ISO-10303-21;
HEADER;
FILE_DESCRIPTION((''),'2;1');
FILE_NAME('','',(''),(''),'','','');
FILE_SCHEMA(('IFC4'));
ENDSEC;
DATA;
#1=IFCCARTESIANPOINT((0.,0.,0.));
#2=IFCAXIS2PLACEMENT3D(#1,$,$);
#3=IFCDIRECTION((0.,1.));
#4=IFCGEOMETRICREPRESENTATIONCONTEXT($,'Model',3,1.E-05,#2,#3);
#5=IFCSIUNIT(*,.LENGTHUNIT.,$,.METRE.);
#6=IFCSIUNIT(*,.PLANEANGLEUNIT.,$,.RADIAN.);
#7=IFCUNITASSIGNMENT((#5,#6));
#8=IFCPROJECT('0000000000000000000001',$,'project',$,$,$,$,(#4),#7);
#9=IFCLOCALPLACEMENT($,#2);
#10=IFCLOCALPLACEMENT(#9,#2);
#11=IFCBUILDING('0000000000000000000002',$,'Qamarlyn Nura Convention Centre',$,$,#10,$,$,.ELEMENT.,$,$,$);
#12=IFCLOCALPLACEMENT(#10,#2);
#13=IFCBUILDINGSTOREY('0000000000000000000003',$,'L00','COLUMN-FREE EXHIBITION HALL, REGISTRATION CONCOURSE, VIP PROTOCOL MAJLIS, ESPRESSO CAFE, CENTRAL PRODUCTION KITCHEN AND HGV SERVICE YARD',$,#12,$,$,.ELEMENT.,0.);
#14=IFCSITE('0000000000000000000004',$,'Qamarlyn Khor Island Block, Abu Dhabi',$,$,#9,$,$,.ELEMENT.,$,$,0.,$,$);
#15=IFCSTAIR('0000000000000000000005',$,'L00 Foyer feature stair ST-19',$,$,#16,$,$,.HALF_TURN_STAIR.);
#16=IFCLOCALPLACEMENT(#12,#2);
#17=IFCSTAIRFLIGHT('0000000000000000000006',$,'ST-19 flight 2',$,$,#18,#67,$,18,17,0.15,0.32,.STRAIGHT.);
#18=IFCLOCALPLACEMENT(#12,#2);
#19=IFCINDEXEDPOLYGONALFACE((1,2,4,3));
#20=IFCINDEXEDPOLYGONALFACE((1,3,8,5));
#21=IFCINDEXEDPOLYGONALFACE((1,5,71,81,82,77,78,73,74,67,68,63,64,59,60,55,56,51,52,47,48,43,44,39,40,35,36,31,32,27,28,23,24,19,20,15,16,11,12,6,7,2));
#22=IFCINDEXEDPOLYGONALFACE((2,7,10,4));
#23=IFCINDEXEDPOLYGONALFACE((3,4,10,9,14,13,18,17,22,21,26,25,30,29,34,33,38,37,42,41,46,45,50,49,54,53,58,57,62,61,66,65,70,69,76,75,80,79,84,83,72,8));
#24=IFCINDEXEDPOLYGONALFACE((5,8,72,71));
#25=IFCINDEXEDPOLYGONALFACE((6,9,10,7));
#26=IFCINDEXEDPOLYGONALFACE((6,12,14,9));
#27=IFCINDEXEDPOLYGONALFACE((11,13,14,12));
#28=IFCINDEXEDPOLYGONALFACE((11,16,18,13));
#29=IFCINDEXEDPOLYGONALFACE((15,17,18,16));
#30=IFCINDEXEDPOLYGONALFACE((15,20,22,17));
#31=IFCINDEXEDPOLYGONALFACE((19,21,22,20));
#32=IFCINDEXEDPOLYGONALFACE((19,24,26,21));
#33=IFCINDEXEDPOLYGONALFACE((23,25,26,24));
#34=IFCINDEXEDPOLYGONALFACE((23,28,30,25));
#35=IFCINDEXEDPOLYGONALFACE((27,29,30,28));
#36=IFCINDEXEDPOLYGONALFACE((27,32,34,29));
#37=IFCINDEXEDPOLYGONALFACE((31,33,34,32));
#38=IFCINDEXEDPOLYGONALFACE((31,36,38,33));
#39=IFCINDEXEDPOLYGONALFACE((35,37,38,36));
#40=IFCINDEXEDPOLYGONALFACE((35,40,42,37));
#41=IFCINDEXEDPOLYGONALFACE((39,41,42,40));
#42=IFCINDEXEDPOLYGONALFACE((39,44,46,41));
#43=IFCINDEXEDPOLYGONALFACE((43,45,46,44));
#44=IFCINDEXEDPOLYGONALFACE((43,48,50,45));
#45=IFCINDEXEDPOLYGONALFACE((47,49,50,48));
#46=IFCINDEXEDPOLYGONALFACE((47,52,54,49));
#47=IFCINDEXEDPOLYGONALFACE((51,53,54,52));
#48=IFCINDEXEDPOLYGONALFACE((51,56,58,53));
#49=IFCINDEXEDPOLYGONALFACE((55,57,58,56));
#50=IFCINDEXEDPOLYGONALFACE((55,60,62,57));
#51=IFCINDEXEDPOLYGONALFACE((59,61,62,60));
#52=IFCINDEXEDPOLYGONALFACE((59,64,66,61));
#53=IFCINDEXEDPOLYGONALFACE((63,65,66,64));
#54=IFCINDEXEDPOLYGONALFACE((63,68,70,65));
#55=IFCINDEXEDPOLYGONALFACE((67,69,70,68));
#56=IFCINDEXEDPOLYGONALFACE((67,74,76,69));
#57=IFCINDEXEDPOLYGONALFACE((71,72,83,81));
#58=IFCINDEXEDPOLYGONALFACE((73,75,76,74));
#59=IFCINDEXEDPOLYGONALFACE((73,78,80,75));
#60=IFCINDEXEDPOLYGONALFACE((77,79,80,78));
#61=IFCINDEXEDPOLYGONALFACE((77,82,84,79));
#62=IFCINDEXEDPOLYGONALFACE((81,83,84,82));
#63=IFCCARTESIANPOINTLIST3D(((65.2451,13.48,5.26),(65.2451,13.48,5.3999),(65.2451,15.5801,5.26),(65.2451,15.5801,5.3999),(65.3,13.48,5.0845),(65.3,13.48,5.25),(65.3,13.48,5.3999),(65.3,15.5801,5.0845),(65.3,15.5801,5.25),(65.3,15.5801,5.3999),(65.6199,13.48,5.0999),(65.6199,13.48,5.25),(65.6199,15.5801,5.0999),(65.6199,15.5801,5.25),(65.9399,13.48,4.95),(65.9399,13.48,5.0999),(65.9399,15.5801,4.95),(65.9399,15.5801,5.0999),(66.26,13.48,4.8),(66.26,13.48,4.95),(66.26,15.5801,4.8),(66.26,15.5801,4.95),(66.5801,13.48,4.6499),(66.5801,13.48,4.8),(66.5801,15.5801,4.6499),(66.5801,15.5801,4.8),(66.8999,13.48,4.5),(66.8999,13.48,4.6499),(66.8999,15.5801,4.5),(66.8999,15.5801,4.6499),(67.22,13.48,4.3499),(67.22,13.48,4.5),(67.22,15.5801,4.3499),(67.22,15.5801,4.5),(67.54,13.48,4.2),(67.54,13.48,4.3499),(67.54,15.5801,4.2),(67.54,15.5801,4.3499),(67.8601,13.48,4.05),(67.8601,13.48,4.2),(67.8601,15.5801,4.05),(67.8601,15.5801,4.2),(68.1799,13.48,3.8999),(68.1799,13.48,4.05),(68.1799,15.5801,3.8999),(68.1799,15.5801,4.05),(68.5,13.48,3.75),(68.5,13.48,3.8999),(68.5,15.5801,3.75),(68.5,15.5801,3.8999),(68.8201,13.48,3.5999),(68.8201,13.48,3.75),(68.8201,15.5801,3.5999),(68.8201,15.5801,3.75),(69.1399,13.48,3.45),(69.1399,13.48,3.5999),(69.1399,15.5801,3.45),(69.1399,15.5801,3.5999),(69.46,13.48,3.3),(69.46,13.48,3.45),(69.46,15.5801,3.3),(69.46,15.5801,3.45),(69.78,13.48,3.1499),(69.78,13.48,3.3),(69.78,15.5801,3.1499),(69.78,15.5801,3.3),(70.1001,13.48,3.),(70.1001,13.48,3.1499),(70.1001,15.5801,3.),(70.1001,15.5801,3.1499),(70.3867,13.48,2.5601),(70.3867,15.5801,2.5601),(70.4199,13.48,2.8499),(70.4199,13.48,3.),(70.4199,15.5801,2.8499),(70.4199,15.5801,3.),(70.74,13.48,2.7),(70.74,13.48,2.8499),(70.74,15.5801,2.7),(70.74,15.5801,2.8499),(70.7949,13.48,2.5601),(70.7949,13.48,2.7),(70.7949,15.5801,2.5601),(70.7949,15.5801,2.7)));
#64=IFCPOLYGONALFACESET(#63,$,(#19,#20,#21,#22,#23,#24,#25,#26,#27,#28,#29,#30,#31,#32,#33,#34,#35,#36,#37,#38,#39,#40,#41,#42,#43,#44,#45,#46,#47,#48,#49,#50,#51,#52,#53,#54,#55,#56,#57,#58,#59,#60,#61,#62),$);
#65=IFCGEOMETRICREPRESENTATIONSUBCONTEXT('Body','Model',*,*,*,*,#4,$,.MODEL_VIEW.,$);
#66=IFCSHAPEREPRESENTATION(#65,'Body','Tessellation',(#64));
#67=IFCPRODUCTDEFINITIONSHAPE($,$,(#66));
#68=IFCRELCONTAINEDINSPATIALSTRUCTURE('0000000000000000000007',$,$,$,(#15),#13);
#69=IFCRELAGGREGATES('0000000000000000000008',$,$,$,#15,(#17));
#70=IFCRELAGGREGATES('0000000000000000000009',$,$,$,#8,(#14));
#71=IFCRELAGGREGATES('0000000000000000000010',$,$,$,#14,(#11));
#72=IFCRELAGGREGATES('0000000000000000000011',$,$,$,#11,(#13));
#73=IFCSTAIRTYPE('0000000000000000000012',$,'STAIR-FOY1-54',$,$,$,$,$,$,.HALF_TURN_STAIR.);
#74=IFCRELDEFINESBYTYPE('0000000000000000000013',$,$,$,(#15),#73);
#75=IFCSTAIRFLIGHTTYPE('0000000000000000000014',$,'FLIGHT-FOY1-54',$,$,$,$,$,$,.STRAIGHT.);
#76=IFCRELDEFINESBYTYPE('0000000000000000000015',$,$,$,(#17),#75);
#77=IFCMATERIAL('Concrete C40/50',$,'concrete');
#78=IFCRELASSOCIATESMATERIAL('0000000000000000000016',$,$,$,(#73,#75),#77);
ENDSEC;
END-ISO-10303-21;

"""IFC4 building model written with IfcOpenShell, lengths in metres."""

from ifc_helpers import new_model, si_unit, direction, frame, origin, place, context, subcontext, project, spatial, polyline, outline, extrude, material, type_object, element, aggregate, save


model = new_model("IFC4")

# Units and contexts
model_context = context("Model", 3, precision=1e-05, world=origin(), true_north=direction((0.0, 1.0)))
body_context = subcontext(model_context, "Body", "Model", "MODEL_VIEW")
ifc_project = project(units=[si_unit("LENGTHUNIT", "METRE"), si_unit("PLANEANGLEUNIT", "RADIAN")], contexts=[model_context])

# Site, building, storey
site_placement = place(None, origin())
site = spatial("IfcSite", under=ifc_project, at=site_placement, Name="Qamarlyn Khor Island Block, Abu Dhabi", CompositionType="ELEMENT", RefElevation=0.0)
building_placement = place(site_placement, origin())
building = spatial("IfcBuilding", under=site, at=building_placement, Name="Qamarlyn Nura Convention Centre", CompositionType="ELEMENT")
storey_placement = place(building_placement, origin())
storey = spatial("IfcBuildingStorey", under=building, at=storey_placement, Name="L00", Description="COLUMN-FREE EXHIBITION HALL, REGISTRATION CONCOURSE, VIP PROTOCOL MAJLIS, ESPRESSO CAFE, CENTRAL PRODUCTION KITCHEN AND HGV SERVICE YARD", CompositionType="ELEMENT", Elevation=0.0)

# Stair, stair flight
ifc_material_1 = material(Name="Concrete C40/50", Category="concrete")
stair_type = type_object("IfcStairType", Name="STAIR-FOY1-54", PredefinedType="HALF_TURN_STAIR", material=ifc_material_1)
stair_placement = place(storey_placement, origin())
stair = element("IfcStair", 1, at=stair_placement, inside=storey, type_object=stair_type, Name="L00 Foyer feature stair ST-19", PredefinedType="HALF_TURN_STAIR")
stair_flight_type = type_object("IfcStairFlightType", Name="FLIGHT-FOY1-54", PredefinedType="STRAIGHT", material=ifc_material_1)
stair_flight_1_placement = place(storey_placement, frame((70.74, 14.53, 2.7), z_axis=(0.0, 0.0, 1.0), x_axis=(-1.0, 0.0, 0.0)))
stair_flight_1 = element("IfcStairFlight", 2, at=stair_flight_1_placement, type_object=stair_flight_type, Name="ST-19 flight 2", NumberOfRisers=18, NumberOfTreads=17, PredefinedType="STRAIGHT", RiserHeight=0.15, TreadLength=0.32, context=body_context, shape_type="SweptSolid", body=[
    extrude(outline(polyline([(-0.0549, 0.0), (0.0, 0.0), (0.0, 0.1499), (0.3201, 0.1499), (0.3201, 0.3), (0.6399, 0.3), (0.6399, 0.45), (0.96, 0.45), (0.96, 0.6001), (1.28, 0.6001), (1.28, 0.75), (1.6001, 0.75), (1.6001, 0.8999), (1.9199, 0.8999), (1.9199, 1.05), (2.24, 1.05), (2.24, 1.2), (2.5601, 1.2), (2.5601, 1.3501), (2.8799, 1.3501), (2.8799, 1.5), (3.2, 1.5), (3.2, 1.6499), (3.52, 1.6499), (3.52, 1.8), (3.8401, 1.8), (3.8401, 1.95), (4.1599, 1.95), (4.1599, 2.1001), (4.48, 2.1001), (4.48, 2.25), (4.8, 2.25), (4.8, 2.3999), (5.1201, 2.3999), (5.1201, 2.55), (5.4399, 2.55), (5.4399, 2.7), (5.4949, 2.7), (5.4949, 2.5601), (5.4399, 2.3845), (0.3533, -0.1399), (-0.0549, -0.1399), (-0.0549, 0.0)])), frame((0.0, 1.05, 0.0), z_axis=(0.0, -1.0, 0.0), x_axis=(1.0, 0.0, 0.0)), (0.0, 0.0, 1.0), 2.1001),
])
aggregate(stair, [stair_flight_1])

save(model, "model.ifc")
